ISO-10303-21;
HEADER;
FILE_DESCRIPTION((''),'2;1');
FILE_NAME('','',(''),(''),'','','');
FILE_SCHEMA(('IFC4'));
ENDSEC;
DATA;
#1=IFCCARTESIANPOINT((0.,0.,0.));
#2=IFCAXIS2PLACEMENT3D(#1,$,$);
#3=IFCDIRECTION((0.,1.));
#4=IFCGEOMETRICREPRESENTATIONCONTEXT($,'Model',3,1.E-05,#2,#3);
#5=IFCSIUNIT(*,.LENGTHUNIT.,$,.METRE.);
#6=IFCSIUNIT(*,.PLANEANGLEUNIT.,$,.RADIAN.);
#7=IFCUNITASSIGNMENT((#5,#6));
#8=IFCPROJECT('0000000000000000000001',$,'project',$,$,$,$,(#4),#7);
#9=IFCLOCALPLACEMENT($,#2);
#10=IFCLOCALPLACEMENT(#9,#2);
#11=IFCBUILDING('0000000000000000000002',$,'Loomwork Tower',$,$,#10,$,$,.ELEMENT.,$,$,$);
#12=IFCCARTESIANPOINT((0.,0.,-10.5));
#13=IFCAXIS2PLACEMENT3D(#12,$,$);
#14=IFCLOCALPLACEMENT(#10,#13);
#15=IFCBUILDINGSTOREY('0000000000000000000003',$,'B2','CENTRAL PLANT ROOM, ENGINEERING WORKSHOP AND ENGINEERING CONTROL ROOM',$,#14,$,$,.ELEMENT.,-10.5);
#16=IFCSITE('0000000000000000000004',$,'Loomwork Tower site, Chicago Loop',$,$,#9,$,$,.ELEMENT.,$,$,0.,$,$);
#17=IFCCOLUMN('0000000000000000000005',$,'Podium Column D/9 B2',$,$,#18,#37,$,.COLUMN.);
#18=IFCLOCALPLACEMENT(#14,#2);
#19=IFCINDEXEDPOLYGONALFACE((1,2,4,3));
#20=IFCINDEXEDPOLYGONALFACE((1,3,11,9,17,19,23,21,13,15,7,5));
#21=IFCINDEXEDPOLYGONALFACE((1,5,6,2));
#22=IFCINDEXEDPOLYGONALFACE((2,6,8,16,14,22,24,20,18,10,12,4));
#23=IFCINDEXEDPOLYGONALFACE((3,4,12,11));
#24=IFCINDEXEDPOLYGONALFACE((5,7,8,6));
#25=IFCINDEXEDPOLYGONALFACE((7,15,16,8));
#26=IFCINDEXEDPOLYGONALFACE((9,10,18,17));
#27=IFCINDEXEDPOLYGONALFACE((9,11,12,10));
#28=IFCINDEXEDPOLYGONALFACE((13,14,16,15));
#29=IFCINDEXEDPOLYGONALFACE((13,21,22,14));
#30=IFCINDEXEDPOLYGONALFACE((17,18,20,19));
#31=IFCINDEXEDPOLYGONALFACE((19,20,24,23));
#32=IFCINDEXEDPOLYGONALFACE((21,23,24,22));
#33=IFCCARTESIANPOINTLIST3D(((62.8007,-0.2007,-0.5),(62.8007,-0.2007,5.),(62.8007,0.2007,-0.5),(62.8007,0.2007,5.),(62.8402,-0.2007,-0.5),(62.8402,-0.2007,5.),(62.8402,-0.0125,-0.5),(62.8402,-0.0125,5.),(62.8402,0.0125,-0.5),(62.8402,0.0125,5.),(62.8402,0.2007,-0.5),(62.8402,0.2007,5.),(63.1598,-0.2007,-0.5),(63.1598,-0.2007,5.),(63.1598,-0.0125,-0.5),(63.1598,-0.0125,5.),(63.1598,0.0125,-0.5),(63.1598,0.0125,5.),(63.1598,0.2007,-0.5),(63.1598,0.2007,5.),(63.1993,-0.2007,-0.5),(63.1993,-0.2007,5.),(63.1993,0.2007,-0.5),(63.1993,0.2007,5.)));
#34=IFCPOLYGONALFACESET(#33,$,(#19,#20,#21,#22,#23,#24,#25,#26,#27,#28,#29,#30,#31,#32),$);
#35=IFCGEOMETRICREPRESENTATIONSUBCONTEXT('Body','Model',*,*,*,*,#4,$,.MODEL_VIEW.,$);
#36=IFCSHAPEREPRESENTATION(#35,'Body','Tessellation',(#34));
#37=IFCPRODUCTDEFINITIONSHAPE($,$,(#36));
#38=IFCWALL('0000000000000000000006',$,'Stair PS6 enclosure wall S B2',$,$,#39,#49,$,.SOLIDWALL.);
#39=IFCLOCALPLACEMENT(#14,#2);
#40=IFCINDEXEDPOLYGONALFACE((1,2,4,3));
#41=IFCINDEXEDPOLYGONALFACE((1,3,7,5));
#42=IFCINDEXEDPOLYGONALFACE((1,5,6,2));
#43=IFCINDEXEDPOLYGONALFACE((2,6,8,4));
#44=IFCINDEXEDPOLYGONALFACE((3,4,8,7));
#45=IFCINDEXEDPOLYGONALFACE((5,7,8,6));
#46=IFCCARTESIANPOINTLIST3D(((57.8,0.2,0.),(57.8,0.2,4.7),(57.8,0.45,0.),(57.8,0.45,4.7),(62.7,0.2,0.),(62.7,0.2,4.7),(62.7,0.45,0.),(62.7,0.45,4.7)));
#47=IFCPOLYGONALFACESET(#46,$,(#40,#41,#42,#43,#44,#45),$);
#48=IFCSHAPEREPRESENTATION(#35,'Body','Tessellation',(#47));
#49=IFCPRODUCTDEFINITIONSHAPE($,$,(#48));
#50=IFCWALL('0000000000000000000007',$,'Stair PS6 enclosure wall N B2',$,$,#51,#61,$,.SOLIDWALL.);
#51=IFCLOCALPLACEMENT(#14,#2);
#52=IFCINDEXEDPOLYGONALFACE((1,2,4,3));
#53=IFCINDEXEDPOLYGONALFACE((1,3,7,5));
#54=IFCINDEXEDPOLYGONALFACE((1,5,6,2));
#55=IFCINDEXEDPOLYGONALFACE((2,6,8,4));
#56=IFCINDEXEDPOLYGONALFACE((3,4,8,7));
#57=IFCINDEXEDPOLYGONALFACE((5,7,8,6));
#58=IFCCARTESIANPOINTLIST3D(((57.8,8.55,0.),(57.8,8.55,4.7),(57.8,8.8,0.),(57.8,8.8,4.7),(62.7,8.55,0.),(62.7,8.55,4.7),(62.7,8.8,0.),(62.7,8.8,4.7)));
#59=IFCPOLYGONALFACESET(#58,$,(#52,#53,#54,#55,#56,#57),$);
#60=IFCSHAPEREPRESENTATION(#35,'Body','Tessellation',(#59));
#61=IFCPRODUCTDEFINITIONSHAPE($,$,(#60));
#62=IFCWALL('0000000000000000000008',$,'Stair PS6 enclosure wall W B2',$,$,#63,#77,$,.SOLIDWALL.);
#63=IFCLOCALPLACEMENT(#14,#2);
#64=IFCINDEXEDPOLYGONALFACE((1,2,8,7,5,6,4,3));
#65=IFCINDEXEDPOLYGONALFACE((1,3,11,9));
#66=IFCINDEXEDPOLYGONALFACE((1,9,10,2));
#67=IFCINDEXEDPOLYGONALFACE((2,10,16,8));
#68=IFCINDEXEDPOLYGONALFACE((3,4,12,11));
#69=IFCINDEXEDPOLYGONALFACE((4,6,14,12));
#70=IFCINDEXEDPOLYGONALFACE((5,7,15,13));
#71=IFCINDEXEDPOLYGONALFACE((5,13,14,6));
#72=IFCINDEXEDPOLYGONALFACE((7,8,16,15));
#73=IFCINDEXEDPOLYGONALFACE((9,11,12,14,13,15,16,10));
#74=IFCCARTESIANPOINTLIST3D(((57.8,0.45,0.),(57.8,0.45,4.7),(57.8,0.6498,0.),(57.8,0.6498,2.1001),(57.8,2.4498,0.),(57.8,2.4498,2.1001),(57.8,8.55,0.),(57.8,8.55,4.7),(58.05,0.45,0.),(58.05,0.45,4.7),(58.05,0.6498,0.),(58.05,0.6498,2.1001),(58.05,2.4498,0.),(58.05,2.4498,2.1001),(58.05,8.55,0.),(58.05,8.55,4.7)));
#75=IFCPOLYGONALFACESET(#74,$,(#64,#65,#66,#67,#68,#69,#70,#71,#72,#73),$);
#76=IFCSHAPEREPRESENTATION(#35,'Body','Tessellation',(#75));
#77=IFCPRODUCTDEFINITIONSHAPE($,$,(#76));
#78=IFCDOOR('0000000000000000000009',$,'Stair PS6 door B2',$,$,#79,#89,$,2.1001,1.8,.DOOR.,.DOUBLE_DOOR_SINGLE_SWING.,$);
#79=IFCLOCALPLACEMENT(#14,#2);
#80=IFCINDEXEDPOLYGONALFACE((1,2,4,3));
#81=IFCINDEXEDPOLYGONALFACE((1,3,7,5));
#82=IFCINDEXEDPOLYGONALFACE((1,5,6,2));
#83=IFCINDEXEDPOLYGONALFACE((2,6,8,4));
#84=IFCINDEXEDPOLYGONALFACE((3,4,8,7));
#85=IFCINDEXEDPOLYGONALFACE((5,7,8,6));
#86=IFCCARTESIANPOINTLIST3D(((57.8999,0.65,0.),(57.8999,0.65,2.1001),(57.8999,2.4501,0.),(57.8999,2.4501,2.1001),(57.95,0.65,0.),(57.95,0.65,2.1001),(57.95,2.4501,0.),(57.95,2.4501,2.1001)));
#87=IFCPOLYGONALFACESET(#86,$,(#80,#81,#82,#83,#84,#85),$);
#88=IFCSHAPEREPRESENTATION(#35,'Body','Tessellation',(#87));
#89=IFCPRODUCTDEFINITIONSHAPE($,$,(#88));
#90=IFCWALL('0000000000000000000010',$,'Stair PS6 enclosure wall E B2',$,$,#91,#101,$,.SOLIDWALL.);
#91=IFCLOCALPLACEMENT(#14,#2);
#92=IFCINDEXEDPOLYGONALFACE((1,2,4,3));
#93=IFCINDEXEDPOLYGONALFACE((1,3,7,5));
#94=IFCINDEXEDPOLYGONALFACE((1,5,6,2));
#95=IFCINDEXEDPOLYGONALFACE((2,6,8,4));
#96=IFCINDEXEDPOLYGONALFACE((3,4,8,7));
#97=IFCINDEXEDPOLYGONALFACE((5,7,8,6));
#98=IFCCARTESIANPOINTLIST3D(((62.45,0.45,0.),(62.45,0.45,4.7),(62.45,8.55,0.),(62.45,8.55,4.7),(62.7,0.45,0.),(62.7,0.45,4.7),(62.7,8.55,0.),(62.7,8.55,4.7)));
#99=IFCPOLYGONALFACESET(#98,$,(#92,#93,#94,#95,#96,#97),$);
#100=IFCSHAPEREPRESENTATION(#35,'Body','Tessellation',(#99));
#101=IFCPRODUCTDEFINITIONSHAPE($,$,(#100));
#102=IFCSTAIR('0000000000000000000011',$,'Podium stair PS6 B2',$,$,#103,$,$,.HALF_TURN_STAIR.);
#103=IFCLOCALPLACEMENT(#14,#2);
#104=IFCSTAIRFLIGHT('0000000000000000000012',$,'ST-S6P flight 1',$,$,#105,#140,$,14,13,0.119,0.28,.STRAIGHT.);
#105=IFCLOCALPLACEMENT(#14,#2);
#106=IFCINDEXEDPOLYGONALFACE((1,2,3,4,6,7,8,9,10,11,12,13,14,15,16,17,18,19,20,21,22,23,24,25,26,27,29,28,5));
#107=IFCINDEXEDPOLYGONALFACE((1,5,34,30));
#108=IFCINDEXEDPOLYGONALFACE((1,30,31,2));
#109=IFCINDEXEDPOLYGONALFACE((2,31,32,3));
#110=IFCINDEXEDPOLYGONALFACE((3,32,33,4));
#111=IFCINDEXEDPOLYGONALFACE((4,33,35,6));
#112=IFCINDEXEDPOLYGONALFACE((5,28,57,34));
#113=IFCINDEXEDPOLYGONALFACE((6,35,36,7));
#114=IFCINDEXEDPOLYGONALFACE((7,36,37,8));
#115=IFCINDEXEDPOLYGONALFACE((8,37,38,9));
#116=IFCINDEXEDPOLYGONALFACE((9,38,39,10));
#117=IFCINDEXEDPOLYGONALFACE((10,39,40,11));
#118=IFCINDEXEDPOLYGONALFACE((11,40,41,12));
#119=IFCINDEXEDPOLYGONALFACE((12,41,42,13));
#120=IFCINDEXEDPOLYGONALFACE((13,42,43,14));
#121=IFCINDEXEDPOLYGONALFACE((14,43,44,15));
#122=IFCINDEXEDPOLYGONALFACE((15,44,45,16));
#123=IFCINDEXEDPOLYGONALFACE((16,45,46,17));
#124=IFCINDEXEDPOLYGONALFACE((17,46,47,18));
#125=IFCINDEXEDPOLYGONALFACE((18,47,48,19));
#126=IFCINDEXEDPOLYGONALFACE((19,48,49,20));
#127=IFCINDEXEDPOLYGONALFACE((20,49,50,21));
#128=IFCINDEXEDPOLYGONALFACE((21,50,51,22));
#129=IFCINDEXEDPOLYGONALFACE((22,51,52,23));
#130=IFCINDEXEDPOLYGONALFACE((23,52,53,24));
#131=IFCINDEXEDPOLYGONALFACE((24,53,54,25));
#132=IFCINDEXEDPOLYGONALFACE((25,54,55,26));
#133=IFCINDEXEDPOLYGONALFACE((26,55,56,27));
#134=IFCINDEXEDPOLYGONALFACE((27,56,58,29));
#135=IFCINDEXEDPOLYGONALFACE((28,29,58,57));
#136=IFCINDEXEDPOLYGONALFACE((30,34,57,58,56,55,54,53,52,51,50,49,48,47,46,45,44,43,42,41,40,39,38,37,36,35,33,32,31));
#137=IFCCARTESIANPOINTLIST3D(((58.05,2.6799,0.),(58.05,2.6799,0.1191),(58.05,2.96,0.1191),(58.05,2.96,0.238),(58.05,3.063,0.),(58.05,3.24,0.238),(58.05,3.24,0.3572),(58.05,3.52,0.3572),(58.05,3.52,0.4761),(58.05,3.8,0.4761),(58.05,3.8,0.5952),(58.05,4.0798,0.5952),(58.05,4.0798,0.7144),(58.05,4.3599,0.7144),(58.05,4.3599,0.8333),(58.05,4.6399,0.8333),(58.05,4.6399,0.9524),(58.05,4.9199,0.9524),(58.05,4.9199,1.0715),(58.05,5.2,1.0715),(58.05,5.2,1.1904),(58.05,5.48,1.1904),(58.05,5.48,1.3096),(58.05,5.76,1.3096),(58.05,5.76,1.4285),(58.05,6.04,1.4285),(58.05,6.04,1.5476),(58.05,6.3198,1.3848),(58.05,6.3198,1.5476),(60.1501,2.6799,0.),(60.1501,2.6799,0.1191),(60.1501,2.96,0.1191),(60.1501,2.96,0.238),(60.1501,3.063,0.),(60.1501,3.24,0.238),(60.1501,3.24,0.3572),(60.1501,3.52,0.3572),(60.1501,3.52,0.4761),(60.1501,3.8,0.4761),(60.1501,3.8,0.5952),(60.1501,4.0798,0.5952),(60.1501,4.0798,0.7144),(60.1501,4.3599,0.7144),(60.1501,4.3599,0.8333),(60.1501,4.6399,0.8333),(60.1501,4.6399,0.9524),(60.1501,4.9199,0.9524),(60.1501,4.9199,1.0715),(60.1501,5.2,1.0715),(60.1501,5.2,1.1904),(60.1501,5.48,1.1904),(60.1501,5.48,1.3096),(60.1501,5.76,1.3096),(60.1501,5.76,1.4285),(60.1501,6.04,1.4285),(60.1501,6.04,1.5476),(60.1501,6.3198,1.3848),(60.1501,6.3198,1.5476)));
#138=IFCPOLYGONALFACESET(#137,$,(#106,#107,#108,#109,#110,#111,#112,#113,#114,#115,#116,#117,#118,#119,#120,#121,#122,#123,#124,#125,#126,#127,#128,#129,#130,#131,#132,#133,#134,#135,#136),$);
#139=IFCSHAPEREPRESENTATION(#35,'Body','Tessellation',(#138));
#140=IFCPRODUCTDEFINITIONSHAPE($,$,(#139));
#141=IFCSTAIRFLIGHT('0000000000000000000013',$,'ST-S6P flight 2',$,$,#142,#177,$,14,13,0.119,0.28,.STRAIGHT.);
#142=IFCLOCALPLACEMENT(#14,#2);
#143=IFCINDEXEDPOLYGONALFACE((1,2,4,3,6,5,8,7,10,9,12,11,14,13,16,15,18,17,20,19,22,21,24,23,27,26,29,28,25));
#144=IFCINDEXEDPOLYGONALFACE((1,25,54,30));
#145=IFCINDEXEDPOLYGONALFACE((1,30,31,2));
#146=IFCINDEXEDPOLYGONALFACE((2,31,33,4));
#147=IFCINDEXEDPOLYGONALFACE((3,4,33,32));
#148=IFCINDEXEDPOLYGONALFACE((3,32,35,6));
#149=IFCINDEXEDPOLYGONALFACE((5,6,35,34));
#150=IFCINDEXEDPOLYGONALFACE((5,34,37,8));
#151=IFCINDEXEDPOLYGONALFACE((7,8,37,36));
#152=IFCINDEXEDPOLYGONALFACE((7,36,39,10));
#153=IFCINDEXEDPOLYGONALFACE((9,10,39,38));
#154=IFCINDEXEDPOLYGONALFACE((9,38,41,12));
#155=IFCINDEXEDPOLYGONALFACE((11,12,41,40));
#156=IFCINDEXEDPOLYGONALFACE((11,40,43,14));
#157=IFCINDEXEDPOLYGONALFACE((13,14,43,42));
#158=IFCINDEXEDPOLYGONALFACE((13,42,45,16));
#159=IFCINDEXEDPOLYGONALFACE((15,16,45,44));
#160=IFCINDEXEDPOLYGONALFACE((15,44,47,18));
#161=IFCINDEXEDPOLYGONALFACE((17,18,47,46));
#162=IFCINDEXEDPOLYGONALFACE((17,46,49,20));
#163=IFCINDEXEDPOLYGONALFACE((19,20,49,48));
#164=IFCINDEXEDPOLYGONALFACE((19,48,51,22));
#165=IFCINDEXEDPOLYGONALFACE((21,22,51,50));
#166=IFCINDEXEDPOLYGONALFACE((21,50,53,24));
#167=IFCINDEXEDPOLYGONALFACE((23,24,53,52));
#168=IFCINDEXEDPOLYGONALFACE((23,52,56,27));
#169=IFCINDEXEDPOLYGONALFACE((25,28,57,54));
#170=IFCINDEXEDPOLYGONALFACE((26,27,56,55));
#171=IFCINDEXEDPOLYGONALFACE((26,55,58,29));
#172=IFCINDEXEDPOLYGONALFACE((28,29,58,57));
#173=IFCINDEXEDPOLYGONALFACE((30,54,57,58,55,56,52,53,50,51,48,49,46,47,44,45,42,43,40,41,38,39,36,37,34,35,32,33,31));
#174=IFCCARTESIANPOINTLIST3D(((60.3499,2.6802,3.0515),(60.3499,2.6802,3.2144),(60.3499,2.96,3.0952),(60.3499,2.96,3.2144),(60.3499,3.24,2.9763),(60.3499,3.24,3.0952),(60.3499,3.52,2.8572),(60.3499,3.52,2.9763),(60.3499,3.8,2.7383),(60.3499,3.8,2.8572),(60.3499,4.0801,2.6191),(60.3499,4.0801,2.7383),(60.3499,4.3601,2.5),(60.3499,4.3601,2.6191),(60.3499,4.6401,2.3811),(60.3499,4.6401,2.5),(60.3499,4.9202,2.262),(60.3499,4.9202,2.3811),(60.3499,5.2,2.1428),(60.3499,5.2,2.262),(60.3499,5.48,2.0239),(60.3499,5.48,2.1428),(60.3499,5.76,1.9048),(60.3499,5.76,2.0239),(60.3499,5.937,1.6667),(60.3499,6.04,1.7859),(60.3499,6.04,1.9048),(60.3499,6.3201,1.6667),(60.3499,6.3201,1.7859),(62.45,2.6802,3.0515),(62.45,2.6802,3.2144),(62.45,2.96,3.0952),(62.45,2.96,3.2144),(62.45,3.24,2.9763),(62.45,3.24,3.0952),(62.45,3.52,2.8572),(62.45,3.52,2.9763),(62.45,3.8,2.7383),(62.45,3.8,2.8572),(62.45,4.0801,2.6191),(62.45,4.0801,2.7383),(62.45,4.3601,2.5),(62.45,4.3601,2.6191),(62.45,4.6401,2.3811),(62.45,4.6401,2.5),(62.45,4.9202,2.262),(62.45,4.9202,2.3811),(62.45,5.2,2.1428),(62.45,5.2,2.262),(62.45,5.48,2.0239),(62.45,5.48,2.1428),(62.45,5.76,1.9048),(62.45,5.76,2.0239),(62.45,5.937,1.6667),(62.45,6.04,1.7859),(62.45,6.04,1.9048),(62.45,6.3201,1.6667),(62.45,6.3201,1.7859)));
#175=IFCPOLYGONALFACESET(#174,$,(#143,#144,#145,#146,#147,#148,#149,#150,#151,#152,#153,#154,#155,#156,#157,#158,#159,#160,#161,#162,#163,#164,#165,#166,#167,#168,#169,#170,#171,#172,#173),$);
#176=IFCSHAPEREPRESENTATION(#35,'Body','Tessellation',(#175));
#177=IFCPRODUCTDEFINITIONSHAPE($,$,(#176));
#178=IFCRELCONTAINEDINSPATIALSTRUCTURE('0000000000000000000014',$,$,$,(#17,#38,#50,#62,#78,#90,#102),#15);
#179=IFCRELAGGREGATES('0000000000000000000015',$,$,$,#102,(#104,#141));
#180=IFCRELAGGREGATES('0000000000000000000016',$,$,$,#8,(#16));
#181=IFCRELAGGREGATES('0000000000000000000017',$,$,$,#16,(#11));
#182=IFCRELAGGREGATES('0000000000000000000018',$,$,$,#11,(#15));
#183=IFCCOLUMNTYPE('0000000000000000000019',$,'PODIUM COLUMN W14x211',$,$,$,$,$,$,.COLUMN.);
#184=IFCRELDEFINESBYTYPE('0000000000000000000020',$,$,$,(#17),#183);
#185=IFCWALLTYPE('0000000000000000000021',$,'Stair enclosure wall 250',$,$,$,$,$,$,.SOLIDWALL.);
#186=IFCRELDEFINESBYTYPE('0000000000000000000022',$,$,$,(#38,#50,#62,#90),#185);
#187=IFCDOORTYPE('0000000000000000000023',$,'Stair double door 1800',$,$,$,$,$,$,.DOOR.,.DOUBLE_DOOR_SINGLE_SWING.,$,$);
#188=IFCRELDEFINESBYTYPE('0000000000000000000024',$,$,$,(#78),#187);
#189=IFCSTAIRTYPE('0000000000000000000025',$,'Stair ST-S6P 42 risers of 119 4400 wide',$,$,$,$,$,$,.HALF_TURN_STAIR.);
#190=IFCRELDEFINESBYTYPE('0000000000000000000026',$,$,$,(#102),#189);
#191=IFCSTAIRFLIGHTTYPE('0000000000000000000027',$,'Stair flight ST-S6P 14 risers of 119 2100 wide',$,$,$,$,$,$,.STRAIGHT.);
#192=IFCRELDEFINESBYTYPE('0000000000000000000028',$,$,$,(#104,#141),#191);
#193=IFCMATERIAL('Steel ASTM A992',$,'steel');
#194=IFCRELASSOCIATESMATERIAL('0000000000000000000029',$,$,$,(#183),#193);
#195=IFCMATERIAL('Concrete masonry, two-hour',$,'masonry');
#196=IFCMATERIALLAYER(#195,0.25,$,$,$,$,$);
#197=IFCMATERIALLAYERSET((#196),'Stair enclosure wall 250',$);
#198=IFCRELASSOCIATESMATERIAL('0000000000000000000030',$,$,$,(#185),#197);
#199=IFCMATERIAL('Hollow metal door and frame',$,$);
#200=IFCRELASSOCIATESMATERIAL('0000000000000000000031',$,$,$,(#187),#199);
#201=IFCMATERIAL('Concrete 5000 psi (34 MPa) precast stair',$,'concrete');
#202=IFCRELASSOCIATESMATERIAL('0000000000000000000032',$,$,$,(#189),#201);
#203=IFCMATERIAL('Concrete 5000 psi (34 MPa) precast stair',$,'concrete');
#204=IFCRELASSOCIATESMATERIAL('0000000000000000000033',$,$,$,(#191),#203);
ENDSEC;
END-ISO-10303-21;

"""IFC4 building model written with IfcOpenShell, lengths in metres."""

from ifc_helpers import new_model, si_unit, direction, frame, frame_2d, origin, origin_2d, place, context, subcontext, project, spatial, polyline, rectangle, i_section, outline, extrude, material, layer, layer_set, material_profile, profile_set, type_object, element, fill, aggregate, save


model = new_model("IFC4")

# Units and contexts
model_context = context("Model", 3, precision=1e-05, world=origin(), true_north=direction((0.0, 1.0)))
body_context = subcontext(model_context, "Body", "Model", "MODEL_VIEW")
ifc_project = project(units=[si_unit("LENGTHUNIT", "METRE"), si_unit("PLANEANGLEUNIT", "RADIAN")], contexts=[model_context])

# Site, building, storey
site_placement = place(None, origin())
site = spatial("IfcSite", under=ifc_project, at=site_placement, Name="Loomwork Tower site, Chicago Loop", CompositionType="ELEMENT", RefElevation=0.0)
building_placement = place(site_placement, origin())
building = spatial("IfcBuilding", under=site, at=building_placement, Name="Loomwork Tower", CompositionType="ELEMENT")
storey_placement = place(building_placement, frame((0.0, 0.0, -10.5)))
storey = spatial("IfcBuildingStorey", under=building, at=storey_placement, Name="B2", Description="CENTRAL PLANT ROOM, ENGINEERING WORKSHOP AND ENGINEERING CONTROL ROOM", CompositionType="ELEMENT", Elevation=-10.5)

# Column
ifc_material_1 = material(Name="Steel ASTM A992", Category="steel")
ifc_material_profile_1 = material_profile(ifc_material_1, i_section(OverallWidth=0.4014, OverallDepth=0.3987, WebThickness=0.0249, FlangeThickness=0.0396, at=origin_2d()), Name="W14x211")
ifc_profile_set_1 = profile_set([ifc_material_profile_1], Name="Steel ASTM A992")
column_type_1 = type_object("IfcColumnType", Name="PODIUM COLUMN W14x211", PredefinedType="COLUMN", material=ifc_profile_set_1)
for number, where, z_axis, x_axis, name in (
    (1, (63.0, 0.0, -0.5), (0.0, 0.0, 1.0), (0.0, 1.0, 0.0), "Podium Column D/9 B2"),
):
    element("IfcColumn", number, at=place(storey_placement, frame(where, z_axis=z_axis, x_axis=x_axis)), inside=storey, type_object=column_type_1, Name=name, PredefinedType="COLUMN", context=body_context, shape_type="SweptSolid", body=[
        extrude(i_section(OverallWidth=0.4014, OverallDepth=0.3987, WebThickness=0.0249, FlangeThickness=0.0396, at=origin_2d()), origin(), (0.0, 0.0, 1.0), 5.5),
    ])

# Walls
ifc_material_2 = material(Name="Concrete masonry, two-hour", Category="masonry")
ifc_layer_1 = layer(ifc_material_2, 0.25)
ifc_layer_set_1 = layer_set([ifc_layer_1], Name="Stair enclosure wall 250")
wall_type = type_object("IfcWallType", Name="Stair enclosure wall 250", PredefinedType="SOLIDWALL", material=ifc_layer_set_1)
for number, where, z_axis, x_axis, name in (
    (2, (57.8, 0.325, 0.0), (0.0, 0.0, 1.0), (1.0, 0.0, 0.0), "Stair PS6 enclosure wall S B2"),
    (3, (57.8, 8.675, 0.0), (0.0, 0.0, 1.0), (1.0, 0.0, 0.0), "Stair PS6 enclosure wall N B2"),
):
    element("IfcWall", number, at=place(storey_placement, frame(where, z_axis=z_axis, x_axis=x_axis)), inside=storey, type_object=wall_type, Name=name, PredefinedType="SOLIDWALL", context=body_context, shape_type="SweptSolid", body=[
        extrude(rectangle(XDim=4.8999, YDim=0.25, at=frame_2d((2.45, 0.0))), origin(), (0.0, 0.0, 1.0), 4.7),
    ])

# Wall, opening, door
wall_1_placement = place(storey_placement, frame((57.925, 0.45, 0.0), z_axis=(0.0, 0.0, 1.0), x_axis=(0.0, 1.0, 0.0)))
wall_1 = element("IfcWall", 4, at=wall_1_placement, inside=storey, type_object=wall_type, Name="Stair PS6 enclosure wall W B2", PredefinedType="SOLIDWALL", context=body_context, shape_type="SweptSolid", body=[
    extrude(rectangle(XDim=8.1001, YDim=0.25, at=frame_2d((4.05, 0.0))), origin(), (0.0, 0.0, 1.0), 4.7),
])
opening_placement = place(wall_1_placement, frame((0.2, 0.0, 0.0)))
opening = element("IfcOpeningElement", 5, at=opening_placement, cuts=wall_1, PredefinedType="OPENING", context=body_context, shape_type="SweptSolid", body=[
    extrude(rectangle(XDim=1.8, YDim=2.1001, at=frame_2d((0.8999, 1.05))), frame((0.0, 0.135, 0.0), z_axis=(0.0, -1.0, 0.0), x_axis=(1.0, 0.0, 0.0)), (0.0, 0.0, 1.0), 0.27),
])
ifc_material_3 = material(Name="Hollow metal door and frame")
door_type = type_object("IfcDoorType", Name="Stair double door 1800", OperationType="DOUBLE_DOOR_SINGLE_SWING", PredefinedType="DOOR", material=ifc_material_3)
door_placement = place(opening_placement, frame((1.8, 0.0, 0.0), z_axis=(0.0, 0.0, 1.0), x_axis=(-1.0, 0.0, 0.0)))
door = element("IfcDoor", 6, at=door_placement, inside=storey, type_object=door_type, Name="Stair PS6 door B2", OperationType="DOUBLE_DOOR_SINGLE_SWING", OverallHeight=2.1001, OverallWidth=1.8, PredefinedType="DOOR", context=body_context, shape_type="SweptSolid", body=[
    extrude(rectangle(XDim=1.8, YDim=2.1001, at=frame_2d((0.8999, 1.05))), frame((0.0, 0.0249, 0.0), z_axis=(0.0, -1.0, 0.0), x_axis=(1.0, 0.0, 0.0)), (0.0, 0.0, 1.0), 0.05),
])
fill(opening, door)

# Wall
wall_2_placement = place(storey_placement, frame((62.575, 0.45, 0.0), z_axis=(0.0, 0.0, 1.0), x_axis=(0.0, 1.0, 0.0)))
element("IfcWall", 7, at=wall_2_placement, inside=storey, type_object=wall_type, Name="Stair PS6 enclosure wall E B2", PredefinedType="SOLIDWALL", context=body_context, shape_type="SweptSolid", body=[
    extrude(rectangle(XDim=8.1001, YDim=0.25, at=frame_2d((4.05, 0.0))), origin(), (0.0, 0.0, 1.0), 4.7),
])

# Stair, stair flights
ifc_material_4 = material(Name="Concrete 5000 psi (34 MPa) precast stair", Category="concrete")
stair_type = type_object("IfcStairType", Name="Stair ST-S6P 42 risers of 119 4400 wide", PredefinedType="HALF_TURN_STAIR", material=ifc_material_4)
stair_placement = place(storey_placement, origin())
stair = element("IfcStair", 8, at=stair_placement, inside=storey, type_object=stair_type, Name="Podium stair PS6 B2", PredefinedType="HALF_TURN_STAIR")
ifc_material_5 = material(Name="Concrete 5000 psi (34 MPa) precast stair", Category="concrete")
stair_flight_type = type_object("IfcStairFlightType", Name="Stair flight ST-S6P 14 risers of 119 2100 wide", PredefinedType="STRAIGHT", material=ifc_material_5)
stair_flight_1_placement = place(storey_placement, frame((59.1001, 2.6799, 0.0), z_axis=(0.0, 0.0, 1.0), x_axis=(0.0, 1.0, 0.0)))
stair_flight_1 = element("IfcStairFlight", 9, at=stair_flight_1_placement, type_object=stair_flight_type, Name="ST-S6P flight 1", NumberOfRisers=14, NumberOfTreads=13, PredefinedType="STRAIGHT", RiserHeight=0.119, TreadLength=0.28, context=body_context, shape_type="SweptSolid", body=[
    extrude(outline(polyline([(0.0, 0.0), (0.0, 0.1191), (0.28, 0.1191), (0.28, 0.238), (0.5601, 0.238), (0.5601, 0.3572), (0.8401, 0.3572), (0.8401, 0.4761), (1.1201, 0.4761), (1.1201, 0.5952), (1.3999, 0.5952), (1.3999, 0.7144), (1.6799, 0.7144), (1.6799, 0.8333), (1.96, 0.8333), (1.96, 0.9524), (2.24, 0.9524), (2.24, 1.0715), (2.52, 1.0715), (2.52, 1.1904), (2.8, 1.1904), (2.8, 1.3096), (3.0801, 1.3096), (3.0801, 1.4285), (3.3601, 1.4285), (3.3601, 1.5476), (3.6399, 1.5476), (3.6399, 1.6667), (3.6399, 1.3848), (0.3831, 0.0), (0.0, 0.0)])), frame((0.0, 1.05, 0.0), z_axis=(0.0, -1.0, 0.0), x_axis=(1.0, 0.0, 0.0)), (0.0, 0.0, 1.0), 2.1001),
])
stair_flight_2_placement = place(storey_placement, frame((61.3999, 6.3201, 1.6667), z_axis=(0.0, 0.0, 1.0), x_axis=(0.0, -1.0, 0.0)))
stair_flight_2 = element("IfcStairFlight", 10, at=stair_flight_2_placement, type_object=stair_flight_type, Name="ST-S6P flight 2", NumberOfRisers=14, NumberOfTreads=13, PredefinedType="STRAIGHT", RiserHeight=0.119, TreadLength=0.28, context=body_context, shape_type="SweptSolid", body=[
    extrude(outline(polyline([(0.0, 0.0), (0.0, 0.1191), (0.28, 0.1191), (0.28, 0.238), (0.5601, 0.238), (0.5601, 0.3572), (0.8401, 0.3572), (0.8401, 0.4761), (1.1201, 0.4761), (1.1201, 0.5952), (1.3999, 0.5952), (1.3999, 0.7144), (1.6799, 0.7144), (1.6799, 0.8333), (1.96, 0.8333), (1.96, 0.9524), (2.24, 0.9524), (2.24, 1.0715), (2.52, 1.0715), (2.52, 1.1904), (2.8, 1.1904), (2.8, 1.3096), (3.0801, 1.3096), (3.0801, 1.4285), (3.3601, 1.4285), (3.3601, 1.5476), (3.6399, 1.5476), (3.6399, 1.6667), (3.6399, 1.3848), (0.3831, 0.0), (0.0, 0.0)])), frame((0.0, 1.05, 0.0), z_axis=(0.0, -1.0, 0.0), x_axis=(1.0, 0.0, 0.0)), (0.0, 0.0, 1.0), 2.1001),
])
aggregate(stair, [stair_flight_1, stair_flight_2])

save(model, "model.ifc")
